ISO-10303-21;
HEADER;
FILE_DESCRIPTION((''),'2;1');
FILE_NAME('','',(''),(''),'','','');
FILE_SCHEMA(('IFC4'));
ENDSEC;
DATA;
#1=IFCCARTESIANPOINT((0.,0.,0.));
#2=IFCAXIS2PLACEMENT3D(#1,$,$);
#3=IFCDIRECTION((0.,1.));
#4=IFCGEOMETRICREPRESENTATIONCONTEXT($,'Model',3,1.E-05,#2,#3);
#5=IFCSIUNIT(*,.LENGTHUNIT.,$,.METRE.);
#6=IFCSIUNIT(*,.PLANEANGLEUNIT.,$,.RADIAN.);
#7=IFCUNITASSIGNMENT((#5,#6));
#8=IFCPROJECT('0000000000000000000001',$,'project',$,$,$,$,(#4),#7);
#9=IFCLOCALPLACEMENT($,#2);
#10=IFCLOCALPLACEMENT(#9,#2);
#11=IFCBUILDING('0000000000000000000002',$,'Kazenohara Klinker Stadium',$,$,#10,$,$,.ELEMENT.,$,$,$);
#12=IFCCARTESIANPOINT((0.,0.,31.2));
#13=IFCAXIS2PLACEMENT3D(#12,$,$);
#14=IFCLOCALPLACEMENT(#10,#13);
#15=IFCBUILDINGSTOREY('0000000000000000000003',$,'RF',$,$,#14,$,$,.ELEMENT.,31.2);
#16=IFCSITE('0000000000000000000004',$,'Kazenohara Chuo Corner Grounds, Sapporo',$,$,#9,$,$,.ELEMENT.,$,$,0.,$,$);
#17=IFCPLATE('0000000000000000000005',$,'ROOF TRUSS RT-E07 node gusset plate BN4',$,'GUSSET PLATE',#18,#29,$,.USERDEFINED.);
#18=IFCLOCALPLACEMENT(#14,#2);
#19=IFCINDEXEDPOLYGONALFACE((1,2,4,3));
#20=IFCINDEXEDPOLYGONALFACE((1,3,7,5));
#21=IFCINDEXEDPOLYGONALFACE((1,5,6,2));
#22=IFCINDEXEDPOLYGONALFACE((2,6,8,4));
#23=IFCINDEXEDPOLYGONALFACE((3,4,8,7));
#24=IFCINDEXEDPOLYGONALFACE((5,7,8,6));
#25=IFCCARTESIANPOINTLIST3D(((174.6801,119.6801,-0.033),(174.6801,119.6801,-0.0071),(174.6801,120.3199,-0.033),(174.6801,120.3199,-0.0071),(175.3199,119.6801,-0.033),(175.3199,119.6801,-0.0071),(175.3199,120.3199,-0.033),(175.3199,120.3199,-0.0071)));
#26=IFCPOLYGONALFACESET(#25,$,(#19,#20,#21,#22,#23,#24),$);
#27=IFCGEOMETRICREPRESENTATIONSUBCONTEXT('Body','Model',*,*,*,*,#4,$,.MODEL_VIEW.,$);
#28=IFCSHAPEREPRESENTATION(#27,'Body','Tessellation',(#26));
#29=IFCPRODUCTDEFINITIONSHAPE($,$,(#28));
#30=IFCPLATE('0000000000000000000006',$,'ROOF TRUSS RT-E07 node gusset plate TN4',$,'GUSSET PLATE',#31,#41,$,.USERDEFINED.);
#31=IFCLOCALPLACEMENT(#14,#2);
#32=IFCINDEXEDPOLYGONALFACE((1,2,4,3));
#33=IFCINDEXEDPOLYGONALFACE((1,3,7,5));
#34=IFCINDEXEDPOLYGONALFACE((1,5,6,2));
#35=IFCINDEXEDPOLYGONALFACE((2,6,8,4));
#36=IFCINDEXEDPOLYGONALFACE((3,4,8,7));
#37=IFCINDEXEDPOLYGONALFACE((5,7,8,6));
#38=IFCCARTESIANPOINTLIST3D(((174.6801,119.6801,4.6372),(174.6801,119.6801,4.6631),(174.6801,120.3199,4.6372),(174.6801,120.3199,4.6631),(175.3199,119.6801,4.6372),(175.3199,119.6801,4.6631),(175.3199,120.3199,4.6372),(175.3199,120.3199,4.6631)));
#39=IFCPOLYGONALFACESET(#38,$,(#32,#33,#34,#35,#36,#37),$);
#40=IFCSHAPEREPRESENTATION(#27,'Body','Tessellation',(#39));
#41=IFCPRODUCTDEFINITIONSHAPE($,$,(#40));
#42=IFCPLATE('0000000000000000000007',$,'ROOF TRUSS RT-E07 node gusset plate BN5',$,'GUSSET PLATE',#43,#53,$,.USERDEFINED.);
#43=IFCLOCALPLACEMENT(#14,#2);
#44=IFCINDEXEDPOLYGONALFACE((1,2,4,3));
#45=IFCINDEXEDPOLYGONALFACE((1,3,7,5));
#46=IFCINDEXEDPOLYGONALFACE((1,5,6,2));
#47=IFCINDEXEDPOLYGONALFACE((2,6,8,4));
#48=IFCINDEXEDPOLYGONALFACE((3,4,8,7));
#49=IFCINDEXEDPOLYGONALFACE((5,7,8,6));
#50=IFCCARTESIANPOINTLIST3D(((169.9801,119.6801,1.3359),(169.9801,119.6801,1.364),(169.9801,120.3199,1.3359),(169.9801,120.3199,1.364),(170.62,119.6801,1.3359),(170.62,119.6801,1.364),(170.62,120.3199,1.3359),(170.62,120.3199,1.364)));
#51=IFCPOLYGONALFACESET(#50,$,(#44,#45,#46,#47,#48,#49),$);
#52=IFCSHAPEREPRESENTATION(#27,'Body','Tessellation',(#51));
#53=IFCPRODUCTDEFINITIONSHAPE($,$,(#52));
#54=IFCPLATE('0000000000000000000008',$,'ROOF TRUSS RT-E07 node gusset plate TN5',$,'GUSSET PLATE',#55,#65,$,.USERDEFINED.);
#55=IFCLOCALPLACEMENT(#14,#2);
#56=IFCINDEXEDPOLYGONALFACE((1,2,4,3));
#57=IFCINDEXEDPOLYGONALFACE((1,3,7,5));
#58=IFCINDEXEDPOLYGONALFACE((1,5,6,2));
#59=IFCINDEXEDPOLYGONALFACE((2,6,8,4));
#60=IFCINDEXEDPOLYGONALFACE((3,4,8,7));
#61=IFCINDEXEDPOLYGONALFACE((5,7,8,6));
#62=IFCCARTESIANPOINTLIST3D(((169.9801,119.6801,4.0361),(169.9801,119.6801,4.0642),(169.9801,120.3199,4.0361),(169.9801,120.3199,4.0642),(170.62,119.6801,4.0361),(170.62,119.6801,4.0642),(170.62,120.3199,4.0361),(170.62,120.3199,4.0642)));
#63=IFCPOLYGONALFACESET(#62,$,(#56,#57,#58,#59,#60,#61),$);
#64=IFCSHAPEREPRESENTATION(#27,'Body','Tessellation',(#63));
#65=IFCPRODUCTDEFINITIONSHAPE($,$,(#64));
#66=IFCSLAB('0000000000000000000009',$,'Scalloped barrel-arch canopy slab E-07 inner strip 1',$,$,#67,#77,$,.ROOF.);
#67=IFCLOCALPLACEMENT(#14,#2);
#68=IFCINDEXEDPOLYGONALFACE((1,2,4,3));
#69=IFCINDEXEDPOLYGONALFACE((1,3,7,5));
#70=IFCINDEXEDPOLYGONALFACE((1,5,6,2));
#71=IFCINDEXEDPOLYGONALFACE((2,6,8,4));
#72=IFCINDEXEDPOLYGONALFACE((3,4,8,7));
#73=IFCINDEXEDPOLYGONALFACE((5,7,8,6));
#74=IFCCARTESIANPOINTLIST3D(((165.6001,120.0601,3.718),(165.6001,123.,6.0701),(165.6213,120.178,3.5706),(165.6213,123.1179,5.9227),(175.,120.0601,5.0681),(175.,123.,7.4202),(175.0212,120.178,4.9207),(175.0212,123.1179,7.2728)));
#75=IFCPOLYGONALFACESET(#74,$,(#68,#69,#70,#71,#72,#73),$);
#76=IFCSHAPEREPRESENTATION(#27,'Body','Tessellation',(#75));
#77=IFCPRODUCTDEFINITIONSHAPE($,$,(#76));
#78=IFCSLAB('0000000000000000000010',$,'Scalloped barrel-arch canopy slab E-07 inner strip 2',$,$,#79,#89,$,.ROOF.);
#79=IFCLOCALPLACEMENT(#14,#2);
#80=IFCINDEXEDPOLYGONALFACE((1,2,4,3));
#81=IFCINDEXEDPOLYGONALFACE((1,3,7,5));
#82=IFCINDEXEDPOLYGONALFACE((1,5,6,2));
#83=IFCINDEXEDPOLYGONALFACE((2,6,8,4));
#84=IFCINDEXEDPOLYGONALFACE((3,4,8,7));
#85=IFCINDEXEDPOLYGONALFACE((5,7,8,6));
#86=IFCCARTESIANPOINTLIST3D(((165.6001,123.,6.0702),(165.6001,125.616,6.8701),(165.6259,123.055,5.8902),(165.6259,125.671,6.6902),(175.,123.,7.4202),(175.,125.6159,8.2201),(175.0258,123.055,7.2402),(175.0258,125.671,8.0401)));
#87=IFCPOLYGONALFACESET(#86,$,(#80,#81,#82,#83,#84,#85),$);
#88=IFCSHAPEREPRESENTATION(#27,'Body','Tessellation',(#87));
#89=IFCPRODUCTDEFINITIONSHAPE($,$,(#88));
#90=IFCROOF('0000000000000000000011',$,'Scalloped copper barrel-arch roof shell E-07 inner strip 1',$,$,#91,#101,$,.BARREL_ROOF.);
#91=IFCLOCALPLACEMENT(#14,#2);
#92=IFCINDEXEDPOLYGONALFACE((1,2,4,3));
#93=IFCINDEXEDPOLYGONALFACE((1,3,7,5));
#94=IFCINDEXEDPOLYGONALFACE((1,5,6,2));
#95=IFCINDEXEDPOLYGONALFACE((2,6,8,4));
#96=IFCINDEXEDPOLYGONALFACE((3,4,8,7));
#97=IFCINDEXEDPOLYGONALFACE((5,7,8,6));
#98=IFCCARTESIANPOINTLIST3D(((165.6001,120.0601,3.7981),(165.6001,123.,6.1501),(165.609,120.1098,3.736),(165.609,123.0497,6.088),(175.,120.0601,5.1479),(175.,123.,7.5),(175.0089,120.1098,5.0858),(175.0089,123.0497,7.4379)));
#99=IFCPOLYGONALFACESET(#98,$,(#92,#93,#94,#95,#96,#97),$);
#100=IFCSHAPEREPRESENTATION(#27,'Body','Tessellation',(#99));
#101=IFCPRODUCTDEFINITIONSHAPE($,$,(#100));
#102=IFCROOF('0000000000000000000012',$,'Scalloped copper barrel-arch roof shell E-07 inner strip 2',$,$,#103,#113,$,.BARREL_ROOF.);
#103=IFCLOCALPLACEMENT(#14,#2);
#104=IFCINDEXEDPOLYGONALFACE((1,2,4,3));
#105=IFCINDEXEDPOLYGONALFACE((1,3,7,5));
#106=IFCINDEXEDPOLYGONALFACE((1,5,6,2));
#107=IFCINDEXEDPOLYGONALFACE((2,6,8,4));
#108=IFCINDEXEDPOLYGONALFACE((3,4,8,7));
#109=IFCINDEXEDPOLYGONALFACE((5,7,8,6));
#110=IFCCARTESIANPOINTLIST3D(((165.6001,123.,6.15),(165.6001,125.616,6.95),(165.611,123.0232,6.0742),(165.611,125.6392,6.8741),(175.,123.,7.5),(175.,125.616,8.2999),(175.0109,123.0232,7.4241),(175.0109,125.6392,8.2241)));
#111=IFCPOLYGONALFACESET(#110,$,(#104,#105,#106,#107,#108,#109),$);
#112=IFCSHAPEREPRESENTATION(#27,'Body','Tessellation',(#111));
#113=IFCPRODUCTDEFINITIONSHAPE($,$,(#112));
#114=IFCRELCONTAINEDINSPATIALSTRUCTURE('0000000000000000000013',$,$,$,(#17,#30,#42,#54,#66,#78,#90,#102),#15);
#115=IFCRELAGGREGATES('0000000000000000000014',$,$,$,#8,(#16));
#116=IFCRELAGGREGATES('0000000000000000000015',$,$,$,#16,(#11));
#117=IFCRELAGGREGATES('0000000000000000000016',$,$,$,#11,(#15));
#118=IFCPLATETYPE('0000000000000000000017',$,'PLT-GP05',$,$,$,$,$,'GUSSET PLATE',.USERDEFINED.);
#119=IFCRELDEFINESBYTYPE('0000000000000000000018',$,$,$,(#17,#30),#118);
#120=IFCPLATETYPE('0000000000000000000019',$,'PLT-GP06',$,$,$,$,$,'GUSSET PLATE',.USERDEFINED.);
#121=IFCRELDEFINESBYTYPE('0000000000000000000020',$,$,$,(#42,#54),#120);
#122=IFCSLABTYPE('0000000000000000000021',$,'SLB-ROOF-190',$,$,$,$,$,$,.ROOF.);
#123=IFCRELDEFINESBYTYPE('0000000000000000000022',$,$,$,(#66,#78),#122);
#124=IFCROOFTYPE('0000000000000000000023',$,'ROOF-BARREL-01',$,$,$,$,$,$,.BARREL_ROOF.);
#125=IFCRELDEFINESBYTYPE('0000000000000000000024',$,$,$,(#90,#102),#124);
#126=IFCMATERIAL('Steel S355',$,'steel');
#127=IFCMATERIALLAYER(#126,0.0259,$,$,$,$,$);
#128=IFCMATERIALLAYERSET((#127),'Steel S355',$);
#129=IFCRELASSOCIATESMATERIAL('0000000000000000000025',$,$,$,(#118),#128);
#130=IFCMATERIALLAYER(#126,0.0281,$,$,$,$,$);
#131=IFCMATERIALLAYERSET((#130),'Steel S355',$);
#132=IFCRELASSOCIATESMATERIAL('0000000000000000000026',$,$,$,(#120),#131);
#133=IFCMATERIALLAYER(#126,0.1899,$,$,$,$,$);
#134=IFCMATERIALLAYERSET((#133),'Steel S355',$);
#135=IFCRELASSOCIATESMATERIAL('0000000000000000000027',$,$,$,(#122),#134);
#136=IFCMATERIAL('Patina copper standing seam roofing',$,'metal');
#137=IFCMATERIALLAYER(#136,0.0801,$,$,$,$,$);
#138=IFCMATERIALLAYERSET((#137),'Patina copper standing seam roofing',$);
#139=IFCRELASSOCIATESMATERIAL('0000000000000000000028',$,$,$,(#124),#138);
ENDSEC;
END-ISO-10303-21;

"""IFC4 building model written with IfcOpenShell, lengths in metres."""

from ifc_helpers import new_model, si_unit, direction, frame, origin, origin_2d, place, context, subcontext, project, spatial, polyline, rectangle, outline, extrude, material, layer, layer_set, type_object, element, save


model = new_model("IFC4")

# Units and contexts
model_context = context("Model", 3, precision=1e-05, world=origin(), true_north=direction((0.0, 1.0)))
body_context = subcontext(model_context, "Body", "Model", "MODEL_VIEW")
ifc_project = project(units=[si_unit("LENGTHUNIT", "METRE"), si_unit("PLANEANGLEUNIT", "RADIAN")], contexts=[model_context])

# Site, building, storey
site_placement = place(None, origin())
site = spatial("IfcSite", under=ifc_project, at=site_placement, Name="Kazenohara Chuo Corner Grounds, Sapporo", CompositionType="ELEMENT", RefElevation=0.0)
building_placement = place(site_placement, origin())
building = spatial("IfcBuilding", under=site, at=building_placement, Name="Kazenohara Klinker Stadium", CompositionType="ELEMENT")
storey_placement = place(building_placement, frame((0.0, 0.0, 31.2)))
storey = spatial("IfcBuildingStorey", under=building, at=storey_placement, Name="RF", CompositionType="ELEMENT", Elevation=31.2)

# Shared definitions
ifc_material_1 = material(Name="Steel S355", Category="steel")

# Plates
ifc_layer_1 = layer(ifc_material_1, 0.0259)
ifc_layer_set_1 = layer_set([ifc_layer_1], Name="Steel S355")
plate_type_1 = type_object("IfcPlateType", Name="PLT-GP05", ElementType="GUSSET PLATE", PredefinedType="USERDEFINED", material=ifc_layer_set_1)
for number, where, z_axis, x_axis, name in (
    (1, (175.0, 120.0, -0.033), (0.0, 0.0, 1.0), (1.0, 0.0, 0.0), "ROOF TRUSS RT-E07 node gusset plate BN4"),
    (2, (175.0, 120.0, 4.6372), (0.0, 0.0, 1.0), (1.0, 0.0, 0.0), "ROOF TRUSS RT-E07 node gusset plate TN4"),
):
    element("IfcPlate", number, at=place(storey_placement, frame(where, z_axis=z_axis, x_axis=x_axis)), inside=storey, type_object=plate_type_1, Name=name, ObjectType="GUSSET PLATE", PredefinedType="USERDEFINED", context=body_context, shape_type="SweptSolid", body=[
        extrude(rectangle(XDim=0.6399, YDim=0.6399, at=origin_2d()), origin(), (0.0, 0.0, 1.0), 0.0259),
    ])
ifc_layer_2 = layer(ifc_material_1, 0.0281)
ifc_layer_set_2 = layer_set([ifc_layer_2], Name="Steel S355")
plate_type_2 = type_object("IfcPlateType", Name="PLT-GP06", ElementType="GUSSET PLATE", PredefinedType="USERDEFINED", material=ifc_layer_set_2)
for number, where, z_axis, x_axis, name in (
    (3, (170.3, 120.0, 1.3359), (0.0, 0.0, 1.0), (1.0, 0.0, 0.0), "ROOF TRUSS RT-E07 node gusset plate BN5"),
    (4, (170.3, 120.0, 4.0361), (0.0, 0.0, 1.0), (1.0, 0.0, 0.0), "ROOF TRUSS RT-E07 node gusset plate TN5"),
):
    element("IfcPlate", number, at=place(storey_placement, frame(where, z_axis=z_axis, x_axis=x_axis)), inside=storey, type_object=plate_type_2, Name=name, ObjectType="GUSSET PLATE", PredefinedType="USERDEFINED", context=body_context, shape_type="SweptSolid", body=[
        extrude(rectangle(XDim=0.6399, YDim=0.6399, at=origin_2d()), origin(), (0.0, 0.0, 1.0), 0.0281),
    ])

# Slabs
ifc_layer_3 = layer(ifc_material_1, 0.1899)
ifc_layer_set_3 = layer_set([ifc_layer_3], Name="Steel S355")
slab_type = type_object("IfcSlabType", Name="SLB-ROOF-190", PredefinedType="ROOF", material=ifc_layer_set_3)
slab_1_placement = place(storey_placement, frame((175.0, 120.0601, 5.0681), z_axis=(-0.111455, -0.620819, 0.775991), x_axis=(-0.989842, 0.0, -0.14217)))
element("IfcSlab", 5, at=slab_1_placement, inside=storey, type_object=slab_type, Name="Scalloped barrel-arch canopy slab E-07 inner strip 1", PredefinedType="ROOF", context=body_context, shape_type="SweptSolid", body=[
    extrude(outline(polyline([(0.0, 0.0), (9.4964, 0.0), (9.162, -3.7501), (-0.3344, -3.7501), (0.0, 0.0)])), origin(), (0.0, 0.0, -1.0), 0.1899),
])
slab_2_placement = place(storey_placement, frame((175.0, 123.0, 7.4202), z_axis=(-0.136061, -0.289701, 0.947397), x_axis=(-0.989844, -0.000004, -0.142158)))
element("IfcSlab", 6, at=slab_2_placement, inside=storey, type_object=slab_type, Name="Scalloped barrel-arch canopy slab E-07 inner strip 2", PredefinedType="ROOF", context=body_context, shape_type="SweptSolid", body=[
    extrude(outline(polyline([(0.0, 0.0), (9.4964, 0.0), (9.3826, -2.7332), (-0.1137, -2.7331), (0.0, 0.0)])), origin(), (0.0, 0.0, -1.0), 0.1899),
])

# Roofs
ifc_material_2 = material(Name="Patina copper standing seam roofing", Category="metal")
ifc_layer_4 = layer(ifc_material_2, 0.0801)
ifc_layer_set_4 = layer_set([ifc_layer_4], Name="Patina copper standing seam roofing")
roof_type = type_object("IfcRoofType", Name="ROOF-BARREL-01", PredefinedType="BARREL_ROOF", material=ifc_layer_set_4)
roof_1_placement = place(storey_placement, frame((175.0, 120.0601, 5.1479), z_axis=(-0.111435, -0.62082, 0.775993), x_axis=(-0.989846, 0.0, -0.142145)))
element("IfcRoof", 7, at=roof_1_placement, inside=storey, type_object=roof_type, Name="Scalloped copper barrel-arch roof shell E-07 inner strip 1", PredefinedType="BARREL_ROOF", context=body_context, shape_type="SweptSolid", body=[
    extrude(outline(polyline([(0.0, 0.0), (9.4963, 0.0), (9.162, -3.7501), (-0.3343, -3.7501), (0.0, 0.0)])), origin(), (0.0, 0.0, -1.0), 0.0801),
])
roof_2_placement = place(storey_placement, frame((175.0, 123.0, 7.5), z_axis=(-0.136061, -0.289701, 0.947397), x_axis=(-0.989844, 0.000004, -0.142156)))
element("IfcRoof", 8, at=roof_2_placement, inside=storey, type_object=roof_type, Name="Scalloped copper barrel-arch roof shell E-07 inner strip 2", PredefinedType="BARREL_ROOF", context=body_context, shape_type="SweptSolid", body=[
    extrude(outline(polyline([(0.0, 0.0), (9.4963, 0.0), (9.3826, -2.7331), (-0.1137, -2.7332), (0.0, 0.0)])), origin(), (0.0, 0.0, -1.0), 0.0801),
])

save(model, "model.ifc")
